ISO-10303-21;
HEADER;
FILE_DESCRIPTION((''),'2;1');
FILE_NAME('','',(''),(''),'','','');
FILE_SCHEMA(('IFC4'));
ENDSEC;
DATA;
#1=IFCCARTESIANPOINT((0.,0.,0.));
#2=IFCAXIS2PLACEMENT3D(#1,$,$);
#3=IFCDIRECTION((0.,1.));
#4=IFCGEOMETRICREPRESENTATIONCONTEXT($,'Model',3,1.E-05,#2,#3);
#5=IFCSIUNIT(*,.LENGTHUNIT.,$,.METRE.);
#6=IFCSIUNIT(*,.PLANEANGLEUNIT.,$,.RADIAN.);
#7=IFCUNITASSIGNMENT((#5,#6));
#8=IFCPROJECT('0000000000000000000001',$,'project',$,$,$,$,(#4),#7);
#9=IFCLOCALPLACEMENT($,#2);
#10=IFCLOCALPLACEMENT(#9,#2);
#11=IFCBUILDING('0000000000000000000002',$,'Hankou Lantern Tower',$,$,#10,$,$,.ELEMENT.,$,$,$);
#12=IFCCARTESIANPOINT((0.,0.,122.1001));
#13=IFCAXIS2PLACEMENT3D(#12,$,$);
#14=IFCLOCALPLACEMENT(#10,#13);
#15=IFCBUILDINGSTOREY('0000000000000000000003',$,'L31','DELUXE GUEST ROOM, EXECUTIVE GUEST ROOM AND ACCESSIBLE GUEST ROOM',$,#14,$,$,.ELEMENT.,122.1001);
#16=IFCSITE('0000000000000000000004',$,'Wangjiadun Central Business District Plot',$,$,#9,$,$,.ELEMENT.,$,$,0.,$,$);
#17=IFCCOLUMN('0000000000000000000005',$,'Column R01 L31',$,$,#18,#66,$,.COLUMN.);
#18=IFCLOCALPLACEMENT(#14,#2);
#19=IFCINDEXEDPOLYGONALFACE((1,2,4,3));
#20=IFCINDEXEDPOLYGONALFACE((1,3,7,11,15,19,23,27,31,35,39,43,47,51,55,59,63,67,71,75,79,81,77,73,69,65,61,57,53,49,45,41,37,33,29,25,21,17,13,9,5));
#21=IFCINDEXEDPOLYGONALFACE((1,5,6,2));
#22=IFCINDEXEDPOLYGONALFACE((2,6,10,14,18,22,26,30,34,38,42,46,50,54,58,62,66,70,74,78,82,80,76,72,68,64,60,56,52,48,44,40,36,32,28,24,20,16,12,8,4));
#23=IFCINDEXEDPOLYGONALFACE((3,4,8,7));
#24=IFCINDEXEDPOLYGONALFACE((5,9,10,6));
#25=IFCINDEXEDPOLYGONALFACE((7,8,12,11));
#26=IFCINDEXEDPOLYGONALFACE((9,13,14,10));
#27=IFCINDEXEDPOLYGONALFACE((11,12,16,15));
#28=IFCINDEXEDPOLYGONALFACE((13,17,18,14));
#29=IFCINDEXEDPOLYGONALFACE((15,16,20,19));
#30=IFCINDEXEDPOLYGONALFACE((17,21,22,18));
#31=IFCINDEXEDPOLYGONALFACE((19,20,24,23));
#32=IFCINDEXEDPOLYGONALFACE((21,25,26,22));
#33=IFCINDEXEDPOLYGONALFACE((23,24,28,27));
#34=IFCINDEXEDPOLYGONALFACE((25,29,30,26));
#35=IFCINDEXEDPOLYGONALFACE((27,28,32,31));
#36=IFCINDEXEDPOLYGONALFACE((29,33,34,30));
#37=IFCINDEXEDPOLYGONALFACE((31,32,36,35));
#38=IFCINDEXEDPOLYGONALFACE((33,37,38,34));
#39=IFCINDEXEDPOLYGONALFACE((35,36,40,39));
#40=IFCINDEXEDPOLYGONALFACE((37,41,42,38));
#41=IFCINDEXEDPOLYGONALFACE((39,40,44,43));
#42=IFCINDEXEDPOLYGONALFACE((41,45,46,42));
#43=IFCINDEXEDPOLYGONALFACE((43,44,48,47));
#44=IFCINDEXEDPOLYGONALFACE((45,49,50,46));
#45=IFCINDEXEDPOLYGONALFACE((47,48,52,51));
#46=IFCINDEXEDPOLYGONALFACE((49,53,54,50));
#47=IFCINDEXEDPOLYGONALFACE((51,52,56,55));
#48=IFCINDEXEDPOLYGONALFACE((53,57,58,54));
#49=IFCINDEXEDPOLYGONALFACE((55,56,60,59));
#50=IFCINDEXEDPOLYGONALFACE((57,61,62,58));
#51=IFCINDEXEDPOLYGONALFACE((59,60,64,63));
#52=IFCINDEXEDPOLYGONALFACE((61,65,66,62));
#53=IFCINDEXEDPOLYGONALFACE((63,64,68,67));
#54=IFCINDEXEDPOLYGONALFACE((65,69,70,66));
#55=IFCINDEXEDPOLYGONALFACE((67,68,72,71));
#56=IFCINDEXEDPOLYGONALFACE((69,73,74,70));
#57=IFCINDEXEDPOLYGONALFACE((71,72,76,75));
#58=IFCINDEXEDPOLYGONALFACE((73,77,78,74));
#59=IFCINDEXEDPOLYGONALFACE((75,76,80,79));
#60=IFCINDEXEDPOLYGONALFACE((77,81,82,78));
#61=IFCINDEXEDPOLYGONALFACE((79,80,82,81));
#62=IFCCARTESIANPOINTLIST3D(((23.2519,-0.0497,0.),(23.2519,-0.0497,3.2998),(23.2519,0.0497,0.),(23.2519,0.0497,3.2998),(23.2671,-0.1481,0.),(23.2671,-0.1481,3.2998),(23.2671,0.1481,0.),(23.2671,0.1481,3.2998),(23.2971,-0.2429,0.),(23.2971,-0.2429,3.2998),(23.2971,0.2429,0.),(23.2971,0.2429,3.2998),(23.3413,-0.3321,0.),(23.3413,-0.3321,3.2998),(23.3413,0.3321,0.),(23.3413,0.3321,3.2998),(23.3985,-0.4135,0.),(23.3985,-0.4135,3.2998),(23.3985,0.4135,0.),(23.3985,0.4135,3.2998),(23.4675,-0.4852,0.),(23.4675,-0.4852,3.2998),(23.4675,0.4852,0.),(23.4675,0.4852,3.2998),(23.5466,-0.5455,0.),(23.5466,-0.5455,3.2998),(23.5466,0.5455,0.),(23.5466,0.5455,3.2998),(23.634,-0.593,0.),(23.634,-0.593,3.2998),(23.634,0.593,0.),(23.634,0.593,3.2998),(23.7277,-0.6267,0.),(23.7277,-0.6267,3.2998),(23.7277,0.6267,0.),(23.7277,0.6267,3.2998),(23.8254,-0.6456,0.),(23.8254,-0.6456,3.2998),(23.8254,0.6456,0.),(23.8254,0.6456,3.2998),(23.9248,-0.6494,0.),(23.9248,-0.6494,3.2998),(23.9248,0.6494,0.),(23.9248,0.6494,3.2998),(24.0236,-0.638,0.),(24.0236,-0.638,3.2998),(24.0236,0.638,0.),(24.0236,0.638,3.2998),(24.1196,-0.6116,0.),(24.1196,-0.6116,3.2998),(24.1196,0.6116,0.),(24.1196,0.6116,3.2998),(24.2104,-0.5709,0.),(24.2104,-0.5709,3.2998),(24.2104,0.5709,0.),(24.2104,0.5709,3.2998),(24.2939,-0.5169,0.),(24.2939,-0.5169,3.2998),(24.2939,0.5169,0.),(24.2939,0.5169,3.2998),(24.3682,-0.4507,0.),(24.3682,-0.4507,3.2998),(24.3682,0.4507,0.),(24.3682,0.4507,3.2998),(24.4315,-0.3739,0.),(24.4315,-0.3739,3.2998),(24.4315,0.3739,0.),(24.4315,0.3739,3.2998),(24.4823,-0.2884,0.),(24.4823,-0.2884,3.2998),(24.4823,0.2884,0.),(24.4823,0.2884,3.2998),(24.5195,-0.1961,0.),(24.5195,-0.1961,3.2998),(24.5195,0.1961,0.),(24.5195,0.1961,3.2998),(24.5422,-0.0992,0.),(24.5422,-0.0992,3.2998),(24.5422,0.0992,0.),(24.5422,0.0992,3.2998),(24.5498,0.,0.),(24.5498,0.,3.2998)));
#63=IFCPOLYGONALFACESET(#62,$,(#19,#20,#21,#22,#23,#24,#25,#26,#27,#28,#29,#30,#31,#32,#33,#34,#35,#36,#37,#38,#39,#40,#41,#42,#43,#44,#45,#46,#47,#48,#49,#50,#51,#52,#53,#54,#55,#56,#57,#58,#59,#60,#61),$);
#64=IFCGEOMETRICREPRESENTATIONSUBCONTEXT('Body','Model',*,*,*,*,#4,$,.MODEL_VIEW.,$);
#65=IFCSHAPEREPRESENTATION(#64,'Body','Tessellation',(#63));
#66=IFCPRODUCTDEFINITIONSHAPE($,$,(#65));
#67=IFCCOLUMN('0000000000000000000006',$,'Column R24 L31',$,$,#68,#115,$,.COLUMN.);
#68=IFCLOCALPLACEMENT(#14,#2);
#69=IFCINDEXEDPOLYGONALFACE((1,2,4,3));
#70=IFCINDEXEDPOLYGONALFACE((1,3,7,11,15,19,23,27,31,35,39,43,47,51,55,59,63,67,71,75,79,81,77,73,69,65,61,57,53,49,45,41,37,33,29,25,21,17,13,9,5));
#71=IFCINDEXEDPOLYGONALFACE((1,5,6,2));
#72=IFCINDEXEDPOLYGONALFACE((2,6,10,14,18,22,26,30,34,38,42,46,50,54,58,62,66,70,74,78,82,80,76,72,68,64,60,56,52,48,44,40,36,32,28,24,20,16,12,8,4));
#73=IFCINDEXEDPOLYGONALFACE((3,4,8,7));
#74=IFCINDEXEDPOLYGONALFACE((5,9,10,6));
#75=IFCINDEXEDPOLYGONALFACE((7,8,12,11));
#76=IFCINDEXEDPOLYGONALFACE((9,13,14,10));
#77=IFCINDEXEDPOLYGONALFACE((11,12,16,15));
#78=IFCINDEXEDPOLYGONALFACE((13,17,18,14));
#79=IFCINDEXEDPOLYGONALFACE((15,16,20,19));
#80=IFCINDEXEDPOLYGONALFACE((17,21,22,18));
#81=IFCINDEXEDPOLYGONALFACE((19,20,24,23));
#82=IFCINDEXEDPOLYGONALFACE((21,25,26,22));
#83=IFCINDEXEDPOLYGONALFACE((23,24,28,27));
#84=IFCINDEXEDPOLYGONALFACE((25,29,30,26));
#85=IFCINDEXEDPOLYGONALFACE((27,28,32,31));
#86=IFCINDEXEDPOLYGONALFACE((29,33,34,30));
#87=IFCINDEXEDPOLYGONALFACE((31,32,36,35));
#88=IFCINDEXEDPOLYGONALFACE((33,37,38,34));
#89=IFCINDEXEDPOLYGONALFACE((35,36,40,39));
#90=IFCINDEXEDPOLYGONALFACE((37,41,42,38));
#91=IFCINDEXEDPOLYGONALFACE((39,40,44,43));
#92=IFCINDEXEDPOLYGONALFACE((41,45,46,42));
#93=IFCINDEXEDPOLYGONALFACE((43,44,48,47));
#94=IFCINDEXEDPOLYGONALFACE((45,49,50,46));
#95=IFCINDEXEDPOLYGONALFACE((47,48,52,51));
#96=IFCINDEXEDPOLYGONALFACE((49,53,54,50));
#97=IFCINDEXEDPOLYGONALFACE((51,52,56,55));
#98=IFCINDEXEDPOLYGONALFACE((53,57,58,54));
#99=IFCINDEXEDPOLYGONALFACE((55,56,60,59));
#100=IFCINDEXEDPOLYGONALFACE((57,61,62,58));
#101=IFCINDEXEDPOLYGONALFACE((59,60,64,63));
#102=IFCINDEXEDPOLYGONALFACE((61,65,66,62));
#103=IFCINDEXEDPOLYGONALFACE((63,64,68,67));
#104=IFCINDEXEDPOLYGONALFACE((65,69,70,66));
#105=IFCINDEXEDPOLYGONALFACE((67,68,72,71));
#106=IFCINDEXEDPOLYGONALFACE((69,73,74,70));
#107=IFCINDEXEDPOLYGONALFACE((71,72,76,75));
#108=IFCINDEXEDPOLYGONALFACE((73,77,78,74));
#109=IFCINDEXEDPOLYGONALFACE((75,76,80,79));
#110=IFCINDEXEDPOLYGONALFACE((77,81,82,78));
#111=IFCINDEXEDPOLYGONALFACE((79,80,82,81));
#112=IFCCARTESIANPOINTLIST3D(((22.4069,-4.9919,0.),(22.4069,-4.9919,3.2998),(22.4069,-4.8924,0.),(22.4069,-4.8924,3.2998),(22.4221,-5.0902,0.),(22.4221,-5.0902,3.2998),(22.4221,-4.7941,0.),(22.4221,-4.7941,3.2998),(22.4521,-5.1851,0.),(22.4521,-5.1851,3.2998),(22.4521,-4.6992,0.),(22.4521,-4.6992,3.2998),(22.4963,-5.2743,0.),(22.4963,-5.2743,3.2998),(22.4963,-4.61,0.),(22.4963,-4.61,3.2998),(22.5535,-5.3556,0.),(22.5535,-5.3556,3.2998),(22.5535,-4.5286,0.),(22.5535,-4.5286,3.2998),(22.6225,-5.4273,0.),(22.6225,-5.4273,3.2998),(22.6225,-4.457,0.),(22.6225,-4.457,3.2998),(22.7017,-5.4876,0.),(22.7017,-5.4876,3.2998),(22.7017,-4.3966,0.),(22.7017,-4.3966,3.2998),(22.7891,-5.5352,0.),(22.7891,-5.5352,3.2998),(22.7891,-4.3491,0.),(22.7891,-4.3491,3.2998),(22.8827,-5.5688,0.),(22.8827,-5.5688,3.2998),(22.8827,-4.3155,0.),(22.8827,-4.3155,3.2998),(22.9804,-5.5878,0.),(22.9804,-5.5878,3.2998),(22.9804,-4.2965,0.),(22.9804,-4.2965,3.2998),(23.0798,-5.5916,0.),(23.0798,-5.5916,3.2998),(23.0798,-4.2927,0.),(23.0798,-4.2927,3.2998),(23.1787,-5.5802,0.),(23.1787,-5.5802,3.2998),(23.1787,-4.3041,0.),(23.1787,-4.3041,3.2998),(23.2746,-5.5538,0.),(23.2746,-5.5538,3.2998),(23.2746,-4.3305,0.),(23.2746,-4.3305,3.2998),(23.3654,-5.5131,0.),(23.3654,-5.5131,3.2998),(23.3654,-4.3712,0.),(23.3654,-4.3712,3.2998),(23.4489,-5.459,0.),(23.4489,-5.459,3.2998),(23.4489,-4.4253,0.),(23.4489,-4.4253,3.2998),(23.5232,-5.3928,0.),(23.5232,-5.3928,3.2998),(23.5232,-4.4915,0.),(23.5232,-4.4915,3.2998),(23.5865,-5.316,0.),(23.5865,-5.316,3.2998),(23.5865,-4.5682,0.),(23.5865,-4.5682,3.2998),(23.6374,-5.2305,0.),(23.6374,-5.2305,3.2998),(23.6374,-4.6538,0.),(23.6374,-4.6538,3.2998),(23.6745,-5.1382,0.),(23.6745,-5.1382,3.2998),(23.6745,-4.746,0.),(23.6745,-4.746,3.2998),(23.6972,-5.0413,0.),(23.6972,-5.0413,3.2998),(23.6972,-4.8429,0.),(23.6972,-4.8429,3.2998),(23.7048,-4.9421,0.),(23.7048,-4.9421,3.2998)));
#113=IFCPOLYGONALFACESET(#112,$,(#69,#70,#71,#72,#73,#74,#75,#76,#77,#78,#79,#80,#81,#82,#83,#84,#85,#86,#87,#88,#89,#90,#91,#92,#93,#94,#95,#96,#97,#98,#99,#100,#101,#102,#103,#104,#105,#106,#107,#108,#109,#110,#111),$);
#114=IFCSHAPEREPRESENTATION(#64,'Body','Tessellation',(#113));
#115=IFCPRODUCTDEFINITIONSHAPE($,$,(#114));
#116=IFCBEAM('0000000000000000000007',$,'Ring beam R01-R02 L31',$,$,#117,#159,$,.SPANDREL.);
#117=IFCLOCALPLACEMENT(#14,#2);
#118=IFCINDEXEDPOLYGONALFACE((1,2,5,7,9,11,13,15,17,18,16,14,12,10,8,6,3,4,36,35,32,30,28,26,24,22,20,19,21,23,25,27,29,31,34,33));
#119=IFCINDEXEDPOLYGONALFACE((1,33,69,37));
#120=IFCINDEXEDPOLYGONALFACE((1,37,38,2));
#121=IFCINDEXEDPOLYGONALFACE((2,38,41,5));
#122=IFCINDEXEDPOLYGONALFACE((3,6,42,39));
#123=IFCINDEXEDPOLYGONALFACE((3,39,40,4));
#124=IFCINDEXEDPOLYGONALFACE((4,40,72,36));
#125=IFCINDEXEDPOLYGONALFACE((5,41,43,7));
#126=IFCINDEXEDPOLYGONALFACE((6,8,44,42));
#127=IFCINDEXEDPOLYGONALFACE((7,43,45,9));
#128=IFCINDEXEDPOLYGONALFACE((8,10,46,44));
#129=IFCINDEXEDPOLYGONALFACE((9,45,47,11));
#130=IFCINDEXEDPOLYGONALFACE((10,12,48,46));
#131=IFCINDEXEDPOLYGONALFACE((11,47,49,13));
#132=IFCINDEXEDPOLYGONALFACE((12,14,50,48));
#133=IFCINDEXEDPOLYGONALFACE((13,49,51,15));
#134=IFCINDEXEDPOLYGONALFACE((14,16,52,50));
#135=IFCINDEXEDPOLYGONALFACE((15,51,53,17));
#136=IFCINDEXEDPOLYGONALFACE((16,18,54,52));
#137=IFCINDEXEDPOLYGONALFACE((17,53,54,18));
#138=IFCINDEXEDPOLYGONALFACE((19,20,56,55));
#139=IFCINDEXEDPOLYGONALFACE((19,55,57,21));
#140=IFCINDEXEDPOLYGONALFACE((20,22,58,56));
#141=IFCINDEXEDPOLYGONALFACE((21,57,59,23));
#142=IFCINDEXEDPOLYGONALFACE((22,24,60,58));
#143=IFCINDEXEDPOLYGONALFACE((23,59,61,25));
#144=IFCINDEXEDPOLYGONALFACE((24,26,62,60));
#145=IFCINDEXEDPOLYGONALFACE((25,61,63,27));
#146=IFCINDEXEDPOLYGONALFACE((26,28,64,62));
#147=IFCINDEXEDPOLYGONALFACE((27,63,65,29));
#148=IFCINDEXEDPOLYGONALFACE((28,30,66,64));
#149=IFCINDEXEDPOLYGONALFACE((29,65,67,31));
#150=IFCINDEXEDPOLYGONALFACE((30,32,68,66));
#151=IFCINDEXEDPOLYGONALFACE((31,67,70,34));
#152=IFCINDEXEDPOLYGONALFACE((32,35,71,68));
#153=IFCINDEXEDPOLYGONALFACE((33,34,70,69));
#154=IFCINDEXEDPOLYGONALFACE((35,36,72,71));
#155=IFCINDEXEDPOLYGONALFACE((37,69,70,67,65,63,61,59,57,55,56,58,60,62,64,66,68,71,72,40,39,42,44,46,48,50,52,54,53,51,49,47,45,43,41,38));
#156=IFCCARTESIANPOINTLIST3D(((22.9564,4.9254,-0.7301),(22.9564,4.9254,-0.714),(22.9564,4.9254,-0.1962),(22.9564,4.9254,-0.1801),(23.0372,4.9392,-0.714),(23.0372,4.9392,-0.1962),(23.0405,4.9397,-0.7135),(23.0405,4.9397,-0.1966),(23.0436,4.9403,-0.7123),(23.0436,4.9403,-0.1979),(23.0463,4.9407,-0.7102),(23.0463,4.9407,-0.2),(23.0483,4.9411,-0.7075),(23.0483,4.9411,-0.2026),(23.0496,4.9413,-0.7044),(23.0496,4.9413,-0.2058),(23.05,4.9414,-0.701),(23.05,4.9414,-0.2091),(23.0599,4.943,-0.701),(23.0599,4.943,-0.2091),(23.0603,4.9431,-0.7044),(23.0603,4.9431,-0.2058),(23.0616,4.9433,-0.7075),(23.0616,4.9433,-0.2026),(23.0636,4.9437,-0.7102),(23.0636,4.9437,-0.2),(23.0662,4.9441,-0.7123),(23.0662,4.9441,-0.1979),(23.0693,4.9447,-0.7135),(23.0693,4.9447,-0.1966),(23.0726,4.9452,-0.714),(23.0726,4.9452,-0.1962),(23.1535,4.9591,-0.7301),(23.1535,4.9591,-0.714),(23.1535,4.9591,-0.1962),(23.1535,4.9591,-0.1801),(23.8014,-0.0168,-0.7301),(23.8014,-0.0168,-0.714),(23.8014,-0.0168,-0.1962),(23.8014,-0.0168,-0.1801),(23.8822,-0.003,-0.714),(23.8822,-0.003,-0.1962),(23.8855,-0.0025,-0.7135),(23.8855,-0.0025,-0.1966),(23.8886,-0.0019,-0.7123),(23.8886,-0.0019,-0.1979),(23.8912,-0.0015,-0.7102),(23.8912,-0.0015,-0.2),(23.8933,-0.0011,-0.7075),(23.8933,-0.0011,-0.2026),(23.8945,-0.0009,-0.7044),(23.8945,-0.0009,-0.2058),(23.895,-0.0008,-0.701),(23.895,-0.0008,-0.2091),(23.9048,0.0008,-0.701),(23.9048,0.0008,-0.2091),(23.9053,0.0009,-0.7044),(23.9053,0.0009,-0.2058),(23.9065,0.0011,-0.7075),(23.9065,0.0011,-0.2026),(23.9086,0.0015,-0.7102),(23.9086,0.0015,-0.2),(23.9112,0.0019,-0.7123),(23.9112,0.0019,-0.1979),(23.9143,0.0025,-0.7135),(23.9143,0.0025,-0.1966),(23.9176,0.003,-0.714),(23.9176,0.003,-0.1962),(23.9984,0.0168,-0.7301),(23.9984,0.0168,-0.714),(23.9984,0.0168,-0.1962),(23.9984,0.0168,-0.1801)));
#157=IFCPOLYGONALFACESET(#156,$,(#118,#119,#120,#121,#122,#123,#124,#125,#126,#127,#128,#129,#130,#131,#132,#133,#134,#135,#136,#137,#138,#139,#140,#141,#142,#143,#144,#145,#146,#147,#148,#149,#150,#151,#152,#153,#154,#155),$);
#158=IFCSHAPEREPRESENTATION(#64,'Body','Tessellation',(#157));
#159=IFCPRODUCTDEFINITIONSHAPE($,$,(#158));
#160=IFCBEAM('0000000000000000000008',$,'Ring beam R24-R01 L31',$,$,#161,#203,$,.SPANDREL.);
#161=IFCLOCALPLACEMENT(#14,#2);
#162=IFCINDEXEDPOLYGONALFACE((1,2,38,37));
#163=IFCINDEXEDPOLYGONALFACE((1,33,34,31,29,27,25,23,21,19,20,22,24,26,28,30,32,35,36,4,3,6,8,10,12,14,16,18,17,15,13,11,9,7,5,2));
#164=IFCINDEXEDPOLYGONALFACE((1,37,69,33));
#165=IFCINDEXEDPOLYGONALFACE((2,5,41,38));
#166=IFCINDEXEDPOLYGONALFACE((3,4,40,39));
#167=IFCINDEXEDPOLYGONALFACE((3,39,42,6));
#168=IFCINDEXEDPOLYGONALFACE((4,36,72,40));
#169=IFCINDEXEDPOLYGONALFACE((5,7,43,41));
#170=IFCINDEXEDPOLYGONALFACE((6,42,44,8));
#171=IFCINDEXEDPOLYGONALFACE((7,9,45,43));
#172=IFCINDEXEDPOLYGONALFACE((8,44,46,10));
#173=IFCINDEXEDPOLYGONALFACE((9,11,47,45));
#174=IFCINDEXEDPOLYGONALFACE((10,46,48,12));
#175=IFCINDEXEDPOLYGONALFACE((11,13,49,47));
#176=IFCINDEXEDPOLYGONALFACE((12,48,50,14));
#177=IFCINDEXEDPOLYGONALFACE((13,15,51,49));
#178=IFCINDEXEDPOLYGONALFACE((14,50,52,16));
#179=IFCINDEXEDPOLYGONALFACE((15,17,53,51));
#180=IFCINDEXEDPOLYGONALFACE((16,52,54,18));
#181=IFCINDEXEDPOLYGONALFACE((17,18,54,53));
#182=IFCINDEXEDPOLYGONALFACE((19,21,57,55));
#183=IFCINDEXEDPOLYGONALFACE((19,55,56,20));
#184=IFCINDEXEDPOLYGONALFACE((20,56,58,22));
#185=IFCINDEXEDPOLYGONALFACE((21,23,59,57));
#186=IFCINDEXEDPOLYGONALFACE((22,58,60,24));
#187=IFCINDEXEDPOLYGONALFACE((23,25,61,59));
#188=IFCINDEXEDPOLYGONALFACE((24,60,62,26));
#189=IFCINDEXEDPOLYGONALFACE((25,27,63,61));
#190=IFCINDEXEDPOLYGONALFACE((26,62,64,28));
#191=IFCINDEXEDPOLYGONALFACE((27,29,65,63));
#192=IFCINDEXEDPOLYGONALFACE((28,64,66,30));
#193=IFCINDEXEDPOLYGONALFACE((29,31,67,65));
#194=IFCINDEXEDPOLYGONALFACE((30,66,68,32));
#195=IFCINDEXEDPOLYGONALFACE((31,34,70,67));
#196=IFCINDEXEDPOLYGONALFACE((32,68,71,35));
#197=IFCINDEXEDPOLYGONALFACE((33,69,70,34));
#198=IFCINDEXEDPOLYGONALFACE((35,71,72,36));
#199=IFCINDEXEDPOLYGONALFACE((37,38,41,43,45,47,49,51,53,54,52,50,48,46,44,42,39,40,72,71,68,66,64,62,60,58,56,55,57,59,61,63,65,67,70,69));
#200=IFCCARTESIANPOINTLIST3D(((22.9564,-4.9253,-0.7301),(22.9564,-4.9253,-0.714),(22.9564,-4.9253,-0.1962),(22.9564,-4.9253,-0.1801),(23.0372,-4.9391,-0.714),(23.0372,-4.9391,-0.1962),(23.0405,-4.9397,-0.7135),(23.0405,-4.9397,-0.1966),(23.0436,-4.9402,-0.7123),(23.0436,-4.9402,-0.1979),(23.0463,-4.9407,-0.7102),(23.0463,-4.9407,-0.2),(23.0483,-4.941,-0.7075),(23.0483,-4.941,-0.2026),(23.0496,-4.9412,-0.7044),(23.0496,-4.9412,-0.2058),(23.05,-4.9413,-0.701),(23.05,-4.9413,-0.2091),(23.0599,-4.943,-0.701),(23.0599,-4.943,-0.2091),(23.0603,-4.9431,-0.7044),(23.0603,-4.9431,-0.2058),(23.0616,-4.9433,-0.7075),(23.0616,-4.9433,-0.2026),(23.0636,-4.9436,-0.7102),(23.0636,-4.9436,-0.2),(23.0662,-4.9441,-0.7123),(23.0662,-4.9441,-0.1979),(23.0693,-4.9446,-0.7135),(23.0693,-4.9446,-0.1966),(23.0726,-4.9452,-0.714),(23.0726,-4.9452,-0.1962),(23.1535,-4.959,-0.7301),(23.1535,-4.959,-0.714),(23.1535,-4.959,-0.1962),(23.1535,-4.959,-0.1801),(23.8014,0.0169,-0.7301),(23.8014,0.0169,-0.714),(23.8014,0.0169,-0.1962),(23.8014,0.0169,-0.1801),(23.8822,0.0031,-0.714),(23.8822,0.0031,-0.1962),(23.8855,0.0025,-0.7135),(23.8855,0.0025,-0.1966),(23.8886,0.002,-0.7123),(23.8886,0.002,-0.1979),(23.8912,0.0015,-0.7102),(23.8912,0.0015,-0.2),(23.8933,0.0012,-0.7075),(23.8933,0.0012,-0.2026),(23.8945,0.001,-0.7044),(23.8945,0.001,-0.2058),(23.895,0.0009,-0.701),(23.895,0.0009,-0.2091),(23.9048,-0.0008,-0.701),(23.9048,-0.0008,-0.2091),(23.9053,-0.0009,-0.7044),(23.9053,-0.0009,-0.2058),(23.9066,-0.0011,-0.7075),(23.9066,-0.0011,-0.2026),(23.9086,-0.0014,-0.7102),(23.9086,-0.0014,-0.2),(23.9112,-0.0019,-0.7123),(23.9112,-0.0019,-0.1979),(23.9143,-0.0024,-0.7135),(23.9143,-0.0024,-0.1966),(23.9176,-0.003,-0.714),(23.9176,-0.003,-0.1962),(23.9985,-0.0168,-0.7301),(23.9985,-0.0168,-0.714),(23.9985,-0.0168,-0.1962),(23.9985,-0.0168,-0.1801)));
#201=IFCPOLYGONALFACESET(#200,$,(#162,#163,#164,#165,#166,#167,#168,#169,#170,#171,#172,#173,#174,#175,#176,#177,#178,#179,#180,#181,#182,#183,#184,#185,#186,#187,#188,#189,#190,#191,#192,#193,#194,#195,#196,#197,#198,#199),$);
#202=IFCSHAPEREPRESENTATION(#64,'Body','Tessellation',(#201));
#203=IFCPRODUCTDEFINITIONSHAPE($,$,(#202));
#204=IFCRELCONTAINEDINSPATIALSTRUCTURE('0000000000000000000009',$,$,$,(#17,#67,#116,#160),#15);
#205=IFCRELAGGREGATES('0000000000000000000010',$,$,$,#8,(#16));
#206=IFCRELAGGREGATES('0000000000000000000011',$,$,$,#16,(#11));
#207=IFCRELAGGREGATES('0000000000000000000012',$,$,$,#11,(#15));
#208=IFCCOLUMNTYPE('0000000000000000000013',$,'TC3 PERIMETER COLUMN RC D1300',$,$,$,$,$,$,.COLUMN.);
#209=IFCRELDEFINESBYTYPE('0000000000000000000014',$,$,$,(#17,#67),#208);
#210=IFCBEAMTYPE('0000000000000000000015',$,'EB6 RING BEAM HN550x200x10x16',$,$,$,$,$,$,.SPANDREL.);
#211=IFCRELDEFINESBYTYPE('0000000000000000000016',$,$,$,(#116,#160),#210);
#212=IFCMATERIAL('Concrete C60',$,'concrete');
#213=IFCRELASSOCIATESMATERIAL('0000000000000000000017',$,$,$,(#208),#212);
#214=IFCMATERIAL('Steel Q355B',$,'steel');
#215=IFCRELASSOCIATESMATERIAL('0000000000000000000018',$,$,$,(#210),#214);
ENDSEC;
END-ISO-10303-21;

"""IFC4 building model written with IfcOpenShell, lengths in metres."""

from ifc_helpers import new_model, si_unit, direction, frame, origin, origin_2d, place, context, subcontext, project, spatial, circle, i_section, extrude, material, material_profile, profile_set, type_object, element, save


model = new_model("IFC4")

# Units and contexts
model_context = context("Model", 3, precision=1e-05, world=origin(), true_north=direction((0.0, 1.0)))
body_context = subcontext(model_context, "Body", "Model", "MODEL_VIEW")
ifc_project = project(units=[si_unit("LENGTHUNIT", "METRE"), si_unit("PLANEANGLEUNIT", "RADIAN")], contexts=[model_context])

# Site, building, storey
site_placement = place(None, origin())
site = spatial("IfcSite", under=ifc_project, at=site_placement, Name="Wangjiadun Central Business District Plot", CompositionType="ELEMENT", RefElevation=0.0)
building_placement = place(site_placement, origin())
building = spatial("IfcBuilding", under=site, at=building_placement, Name="Hankou Lantern Tower", CompositionType="ELEMENT")
storey_placement = place(building_placement, frame((0.0, 0.0, 122.1001)))
storey = spatial("IfcBuildingStorey", under=building, at=storey_placement, Name="L31", Description="DELUXE GUEST ROOM, EXECUTIVE GUEST ROOM AND ACCESSIBLE GUEST ROOM", CompositionType="ELEMENT", Elevation=122.1001)

# Columns
ifc_material_1 = material(Name="Concrete C60", Category="concrete")
ifc_material_profile_1 = material_profile(ifc_material_1, circle(Radius=0.6499, at=origin_2d()), Name="RC D1300")
ifc_profile_set_1 = profile_set([ifc_material_profile_1], Name="Concrete C60")
column_type = type_object("IfcColumnType", Name="TC3 PERIMETER COLUMN RC D1300", PredefinedType="COLUMN", material=ifc_profile_set_1)
for number, where, z_axis, x_axis, name in (
    (1, (23.8999, 0.0, 0.0), (0.0, 0.0, 1.0), (1.0, 0.0, 0.0), "Column R01 L31"),
    (2, (23.0549, -4.9421, 0.0), (0.0, 0.0, 1.0), (1.0, 0.0, 0.0), "Column R24 L31"),
):
    element("IfcColumn", number, at=place(storey_placement, frame(where, z_axis=z_axis, x_axis=x_axis)), inside=storey, type_object=column_type, Name=name, PredefinedType="COLUMN", context=body_context, shape_type="SweptSolid", body=[
        extrude(circle(Radius=0.6499, at=origin_2d()), origin(), (0.0, 0.0, 1.0), 3.2998),
    ])

# Beams
ifc_material_2 = material(Name="Steel Q355B", Category="steel")
ifc_material_profile_2 = material_profile(ifc_material_2, i_section(OverallWidth=0.2, OverallDepth=0.55, WebThickness=0.01, FlangeThickness=0.0161, FilletRadius=0.0129, at=origin_2d()), Name="HN550x200x10x16")
ifc_profile_set_2 = profile_set([ifc_material_profile_2], Name="Steel Q355B")
beam_type_1 = type_object("IfcBeamType", Name="EB6 RING BEAM HN550x200x10x16", PredefinedType="SPANDREL", material=ifc_profile_set_2)
for number, where, z_axis, x_axis, name in (
    (3, (23.8999, 0.0, -0.4551), (-0.168527, 0.985697, 0.0), (-0.985697, -0.168527, 0.0), "Ring beam R01-R02 L31"),
    (4, (23.0549, -4.9421, -0.4551), (0.168527, 0.985697, 0.0), (-0.985697, 0.168527, 0.0), "Ring beam R24-R01 L31"),
):
    element("IfcBeam", number, at=place(storey_placement, frame(where, z_axis=z_axis, x_axis=x_axis)), inside=storey, type_object=beam_type_1, Name=name, PredefinedType="SPANDREL", context=body_context, shape_type="SweptSolid", body=[
        extrude(i_section(OverallWidth=0.2, OverallDepth=0.55, WebThickness=0.01, FlangeThickness=0.0161, FilletRadius=0.0129, at=origin_2d()), origin(), (0.0, 0.0, 1.0), 5.0139),
    ])

save(model, "model.ifc")
